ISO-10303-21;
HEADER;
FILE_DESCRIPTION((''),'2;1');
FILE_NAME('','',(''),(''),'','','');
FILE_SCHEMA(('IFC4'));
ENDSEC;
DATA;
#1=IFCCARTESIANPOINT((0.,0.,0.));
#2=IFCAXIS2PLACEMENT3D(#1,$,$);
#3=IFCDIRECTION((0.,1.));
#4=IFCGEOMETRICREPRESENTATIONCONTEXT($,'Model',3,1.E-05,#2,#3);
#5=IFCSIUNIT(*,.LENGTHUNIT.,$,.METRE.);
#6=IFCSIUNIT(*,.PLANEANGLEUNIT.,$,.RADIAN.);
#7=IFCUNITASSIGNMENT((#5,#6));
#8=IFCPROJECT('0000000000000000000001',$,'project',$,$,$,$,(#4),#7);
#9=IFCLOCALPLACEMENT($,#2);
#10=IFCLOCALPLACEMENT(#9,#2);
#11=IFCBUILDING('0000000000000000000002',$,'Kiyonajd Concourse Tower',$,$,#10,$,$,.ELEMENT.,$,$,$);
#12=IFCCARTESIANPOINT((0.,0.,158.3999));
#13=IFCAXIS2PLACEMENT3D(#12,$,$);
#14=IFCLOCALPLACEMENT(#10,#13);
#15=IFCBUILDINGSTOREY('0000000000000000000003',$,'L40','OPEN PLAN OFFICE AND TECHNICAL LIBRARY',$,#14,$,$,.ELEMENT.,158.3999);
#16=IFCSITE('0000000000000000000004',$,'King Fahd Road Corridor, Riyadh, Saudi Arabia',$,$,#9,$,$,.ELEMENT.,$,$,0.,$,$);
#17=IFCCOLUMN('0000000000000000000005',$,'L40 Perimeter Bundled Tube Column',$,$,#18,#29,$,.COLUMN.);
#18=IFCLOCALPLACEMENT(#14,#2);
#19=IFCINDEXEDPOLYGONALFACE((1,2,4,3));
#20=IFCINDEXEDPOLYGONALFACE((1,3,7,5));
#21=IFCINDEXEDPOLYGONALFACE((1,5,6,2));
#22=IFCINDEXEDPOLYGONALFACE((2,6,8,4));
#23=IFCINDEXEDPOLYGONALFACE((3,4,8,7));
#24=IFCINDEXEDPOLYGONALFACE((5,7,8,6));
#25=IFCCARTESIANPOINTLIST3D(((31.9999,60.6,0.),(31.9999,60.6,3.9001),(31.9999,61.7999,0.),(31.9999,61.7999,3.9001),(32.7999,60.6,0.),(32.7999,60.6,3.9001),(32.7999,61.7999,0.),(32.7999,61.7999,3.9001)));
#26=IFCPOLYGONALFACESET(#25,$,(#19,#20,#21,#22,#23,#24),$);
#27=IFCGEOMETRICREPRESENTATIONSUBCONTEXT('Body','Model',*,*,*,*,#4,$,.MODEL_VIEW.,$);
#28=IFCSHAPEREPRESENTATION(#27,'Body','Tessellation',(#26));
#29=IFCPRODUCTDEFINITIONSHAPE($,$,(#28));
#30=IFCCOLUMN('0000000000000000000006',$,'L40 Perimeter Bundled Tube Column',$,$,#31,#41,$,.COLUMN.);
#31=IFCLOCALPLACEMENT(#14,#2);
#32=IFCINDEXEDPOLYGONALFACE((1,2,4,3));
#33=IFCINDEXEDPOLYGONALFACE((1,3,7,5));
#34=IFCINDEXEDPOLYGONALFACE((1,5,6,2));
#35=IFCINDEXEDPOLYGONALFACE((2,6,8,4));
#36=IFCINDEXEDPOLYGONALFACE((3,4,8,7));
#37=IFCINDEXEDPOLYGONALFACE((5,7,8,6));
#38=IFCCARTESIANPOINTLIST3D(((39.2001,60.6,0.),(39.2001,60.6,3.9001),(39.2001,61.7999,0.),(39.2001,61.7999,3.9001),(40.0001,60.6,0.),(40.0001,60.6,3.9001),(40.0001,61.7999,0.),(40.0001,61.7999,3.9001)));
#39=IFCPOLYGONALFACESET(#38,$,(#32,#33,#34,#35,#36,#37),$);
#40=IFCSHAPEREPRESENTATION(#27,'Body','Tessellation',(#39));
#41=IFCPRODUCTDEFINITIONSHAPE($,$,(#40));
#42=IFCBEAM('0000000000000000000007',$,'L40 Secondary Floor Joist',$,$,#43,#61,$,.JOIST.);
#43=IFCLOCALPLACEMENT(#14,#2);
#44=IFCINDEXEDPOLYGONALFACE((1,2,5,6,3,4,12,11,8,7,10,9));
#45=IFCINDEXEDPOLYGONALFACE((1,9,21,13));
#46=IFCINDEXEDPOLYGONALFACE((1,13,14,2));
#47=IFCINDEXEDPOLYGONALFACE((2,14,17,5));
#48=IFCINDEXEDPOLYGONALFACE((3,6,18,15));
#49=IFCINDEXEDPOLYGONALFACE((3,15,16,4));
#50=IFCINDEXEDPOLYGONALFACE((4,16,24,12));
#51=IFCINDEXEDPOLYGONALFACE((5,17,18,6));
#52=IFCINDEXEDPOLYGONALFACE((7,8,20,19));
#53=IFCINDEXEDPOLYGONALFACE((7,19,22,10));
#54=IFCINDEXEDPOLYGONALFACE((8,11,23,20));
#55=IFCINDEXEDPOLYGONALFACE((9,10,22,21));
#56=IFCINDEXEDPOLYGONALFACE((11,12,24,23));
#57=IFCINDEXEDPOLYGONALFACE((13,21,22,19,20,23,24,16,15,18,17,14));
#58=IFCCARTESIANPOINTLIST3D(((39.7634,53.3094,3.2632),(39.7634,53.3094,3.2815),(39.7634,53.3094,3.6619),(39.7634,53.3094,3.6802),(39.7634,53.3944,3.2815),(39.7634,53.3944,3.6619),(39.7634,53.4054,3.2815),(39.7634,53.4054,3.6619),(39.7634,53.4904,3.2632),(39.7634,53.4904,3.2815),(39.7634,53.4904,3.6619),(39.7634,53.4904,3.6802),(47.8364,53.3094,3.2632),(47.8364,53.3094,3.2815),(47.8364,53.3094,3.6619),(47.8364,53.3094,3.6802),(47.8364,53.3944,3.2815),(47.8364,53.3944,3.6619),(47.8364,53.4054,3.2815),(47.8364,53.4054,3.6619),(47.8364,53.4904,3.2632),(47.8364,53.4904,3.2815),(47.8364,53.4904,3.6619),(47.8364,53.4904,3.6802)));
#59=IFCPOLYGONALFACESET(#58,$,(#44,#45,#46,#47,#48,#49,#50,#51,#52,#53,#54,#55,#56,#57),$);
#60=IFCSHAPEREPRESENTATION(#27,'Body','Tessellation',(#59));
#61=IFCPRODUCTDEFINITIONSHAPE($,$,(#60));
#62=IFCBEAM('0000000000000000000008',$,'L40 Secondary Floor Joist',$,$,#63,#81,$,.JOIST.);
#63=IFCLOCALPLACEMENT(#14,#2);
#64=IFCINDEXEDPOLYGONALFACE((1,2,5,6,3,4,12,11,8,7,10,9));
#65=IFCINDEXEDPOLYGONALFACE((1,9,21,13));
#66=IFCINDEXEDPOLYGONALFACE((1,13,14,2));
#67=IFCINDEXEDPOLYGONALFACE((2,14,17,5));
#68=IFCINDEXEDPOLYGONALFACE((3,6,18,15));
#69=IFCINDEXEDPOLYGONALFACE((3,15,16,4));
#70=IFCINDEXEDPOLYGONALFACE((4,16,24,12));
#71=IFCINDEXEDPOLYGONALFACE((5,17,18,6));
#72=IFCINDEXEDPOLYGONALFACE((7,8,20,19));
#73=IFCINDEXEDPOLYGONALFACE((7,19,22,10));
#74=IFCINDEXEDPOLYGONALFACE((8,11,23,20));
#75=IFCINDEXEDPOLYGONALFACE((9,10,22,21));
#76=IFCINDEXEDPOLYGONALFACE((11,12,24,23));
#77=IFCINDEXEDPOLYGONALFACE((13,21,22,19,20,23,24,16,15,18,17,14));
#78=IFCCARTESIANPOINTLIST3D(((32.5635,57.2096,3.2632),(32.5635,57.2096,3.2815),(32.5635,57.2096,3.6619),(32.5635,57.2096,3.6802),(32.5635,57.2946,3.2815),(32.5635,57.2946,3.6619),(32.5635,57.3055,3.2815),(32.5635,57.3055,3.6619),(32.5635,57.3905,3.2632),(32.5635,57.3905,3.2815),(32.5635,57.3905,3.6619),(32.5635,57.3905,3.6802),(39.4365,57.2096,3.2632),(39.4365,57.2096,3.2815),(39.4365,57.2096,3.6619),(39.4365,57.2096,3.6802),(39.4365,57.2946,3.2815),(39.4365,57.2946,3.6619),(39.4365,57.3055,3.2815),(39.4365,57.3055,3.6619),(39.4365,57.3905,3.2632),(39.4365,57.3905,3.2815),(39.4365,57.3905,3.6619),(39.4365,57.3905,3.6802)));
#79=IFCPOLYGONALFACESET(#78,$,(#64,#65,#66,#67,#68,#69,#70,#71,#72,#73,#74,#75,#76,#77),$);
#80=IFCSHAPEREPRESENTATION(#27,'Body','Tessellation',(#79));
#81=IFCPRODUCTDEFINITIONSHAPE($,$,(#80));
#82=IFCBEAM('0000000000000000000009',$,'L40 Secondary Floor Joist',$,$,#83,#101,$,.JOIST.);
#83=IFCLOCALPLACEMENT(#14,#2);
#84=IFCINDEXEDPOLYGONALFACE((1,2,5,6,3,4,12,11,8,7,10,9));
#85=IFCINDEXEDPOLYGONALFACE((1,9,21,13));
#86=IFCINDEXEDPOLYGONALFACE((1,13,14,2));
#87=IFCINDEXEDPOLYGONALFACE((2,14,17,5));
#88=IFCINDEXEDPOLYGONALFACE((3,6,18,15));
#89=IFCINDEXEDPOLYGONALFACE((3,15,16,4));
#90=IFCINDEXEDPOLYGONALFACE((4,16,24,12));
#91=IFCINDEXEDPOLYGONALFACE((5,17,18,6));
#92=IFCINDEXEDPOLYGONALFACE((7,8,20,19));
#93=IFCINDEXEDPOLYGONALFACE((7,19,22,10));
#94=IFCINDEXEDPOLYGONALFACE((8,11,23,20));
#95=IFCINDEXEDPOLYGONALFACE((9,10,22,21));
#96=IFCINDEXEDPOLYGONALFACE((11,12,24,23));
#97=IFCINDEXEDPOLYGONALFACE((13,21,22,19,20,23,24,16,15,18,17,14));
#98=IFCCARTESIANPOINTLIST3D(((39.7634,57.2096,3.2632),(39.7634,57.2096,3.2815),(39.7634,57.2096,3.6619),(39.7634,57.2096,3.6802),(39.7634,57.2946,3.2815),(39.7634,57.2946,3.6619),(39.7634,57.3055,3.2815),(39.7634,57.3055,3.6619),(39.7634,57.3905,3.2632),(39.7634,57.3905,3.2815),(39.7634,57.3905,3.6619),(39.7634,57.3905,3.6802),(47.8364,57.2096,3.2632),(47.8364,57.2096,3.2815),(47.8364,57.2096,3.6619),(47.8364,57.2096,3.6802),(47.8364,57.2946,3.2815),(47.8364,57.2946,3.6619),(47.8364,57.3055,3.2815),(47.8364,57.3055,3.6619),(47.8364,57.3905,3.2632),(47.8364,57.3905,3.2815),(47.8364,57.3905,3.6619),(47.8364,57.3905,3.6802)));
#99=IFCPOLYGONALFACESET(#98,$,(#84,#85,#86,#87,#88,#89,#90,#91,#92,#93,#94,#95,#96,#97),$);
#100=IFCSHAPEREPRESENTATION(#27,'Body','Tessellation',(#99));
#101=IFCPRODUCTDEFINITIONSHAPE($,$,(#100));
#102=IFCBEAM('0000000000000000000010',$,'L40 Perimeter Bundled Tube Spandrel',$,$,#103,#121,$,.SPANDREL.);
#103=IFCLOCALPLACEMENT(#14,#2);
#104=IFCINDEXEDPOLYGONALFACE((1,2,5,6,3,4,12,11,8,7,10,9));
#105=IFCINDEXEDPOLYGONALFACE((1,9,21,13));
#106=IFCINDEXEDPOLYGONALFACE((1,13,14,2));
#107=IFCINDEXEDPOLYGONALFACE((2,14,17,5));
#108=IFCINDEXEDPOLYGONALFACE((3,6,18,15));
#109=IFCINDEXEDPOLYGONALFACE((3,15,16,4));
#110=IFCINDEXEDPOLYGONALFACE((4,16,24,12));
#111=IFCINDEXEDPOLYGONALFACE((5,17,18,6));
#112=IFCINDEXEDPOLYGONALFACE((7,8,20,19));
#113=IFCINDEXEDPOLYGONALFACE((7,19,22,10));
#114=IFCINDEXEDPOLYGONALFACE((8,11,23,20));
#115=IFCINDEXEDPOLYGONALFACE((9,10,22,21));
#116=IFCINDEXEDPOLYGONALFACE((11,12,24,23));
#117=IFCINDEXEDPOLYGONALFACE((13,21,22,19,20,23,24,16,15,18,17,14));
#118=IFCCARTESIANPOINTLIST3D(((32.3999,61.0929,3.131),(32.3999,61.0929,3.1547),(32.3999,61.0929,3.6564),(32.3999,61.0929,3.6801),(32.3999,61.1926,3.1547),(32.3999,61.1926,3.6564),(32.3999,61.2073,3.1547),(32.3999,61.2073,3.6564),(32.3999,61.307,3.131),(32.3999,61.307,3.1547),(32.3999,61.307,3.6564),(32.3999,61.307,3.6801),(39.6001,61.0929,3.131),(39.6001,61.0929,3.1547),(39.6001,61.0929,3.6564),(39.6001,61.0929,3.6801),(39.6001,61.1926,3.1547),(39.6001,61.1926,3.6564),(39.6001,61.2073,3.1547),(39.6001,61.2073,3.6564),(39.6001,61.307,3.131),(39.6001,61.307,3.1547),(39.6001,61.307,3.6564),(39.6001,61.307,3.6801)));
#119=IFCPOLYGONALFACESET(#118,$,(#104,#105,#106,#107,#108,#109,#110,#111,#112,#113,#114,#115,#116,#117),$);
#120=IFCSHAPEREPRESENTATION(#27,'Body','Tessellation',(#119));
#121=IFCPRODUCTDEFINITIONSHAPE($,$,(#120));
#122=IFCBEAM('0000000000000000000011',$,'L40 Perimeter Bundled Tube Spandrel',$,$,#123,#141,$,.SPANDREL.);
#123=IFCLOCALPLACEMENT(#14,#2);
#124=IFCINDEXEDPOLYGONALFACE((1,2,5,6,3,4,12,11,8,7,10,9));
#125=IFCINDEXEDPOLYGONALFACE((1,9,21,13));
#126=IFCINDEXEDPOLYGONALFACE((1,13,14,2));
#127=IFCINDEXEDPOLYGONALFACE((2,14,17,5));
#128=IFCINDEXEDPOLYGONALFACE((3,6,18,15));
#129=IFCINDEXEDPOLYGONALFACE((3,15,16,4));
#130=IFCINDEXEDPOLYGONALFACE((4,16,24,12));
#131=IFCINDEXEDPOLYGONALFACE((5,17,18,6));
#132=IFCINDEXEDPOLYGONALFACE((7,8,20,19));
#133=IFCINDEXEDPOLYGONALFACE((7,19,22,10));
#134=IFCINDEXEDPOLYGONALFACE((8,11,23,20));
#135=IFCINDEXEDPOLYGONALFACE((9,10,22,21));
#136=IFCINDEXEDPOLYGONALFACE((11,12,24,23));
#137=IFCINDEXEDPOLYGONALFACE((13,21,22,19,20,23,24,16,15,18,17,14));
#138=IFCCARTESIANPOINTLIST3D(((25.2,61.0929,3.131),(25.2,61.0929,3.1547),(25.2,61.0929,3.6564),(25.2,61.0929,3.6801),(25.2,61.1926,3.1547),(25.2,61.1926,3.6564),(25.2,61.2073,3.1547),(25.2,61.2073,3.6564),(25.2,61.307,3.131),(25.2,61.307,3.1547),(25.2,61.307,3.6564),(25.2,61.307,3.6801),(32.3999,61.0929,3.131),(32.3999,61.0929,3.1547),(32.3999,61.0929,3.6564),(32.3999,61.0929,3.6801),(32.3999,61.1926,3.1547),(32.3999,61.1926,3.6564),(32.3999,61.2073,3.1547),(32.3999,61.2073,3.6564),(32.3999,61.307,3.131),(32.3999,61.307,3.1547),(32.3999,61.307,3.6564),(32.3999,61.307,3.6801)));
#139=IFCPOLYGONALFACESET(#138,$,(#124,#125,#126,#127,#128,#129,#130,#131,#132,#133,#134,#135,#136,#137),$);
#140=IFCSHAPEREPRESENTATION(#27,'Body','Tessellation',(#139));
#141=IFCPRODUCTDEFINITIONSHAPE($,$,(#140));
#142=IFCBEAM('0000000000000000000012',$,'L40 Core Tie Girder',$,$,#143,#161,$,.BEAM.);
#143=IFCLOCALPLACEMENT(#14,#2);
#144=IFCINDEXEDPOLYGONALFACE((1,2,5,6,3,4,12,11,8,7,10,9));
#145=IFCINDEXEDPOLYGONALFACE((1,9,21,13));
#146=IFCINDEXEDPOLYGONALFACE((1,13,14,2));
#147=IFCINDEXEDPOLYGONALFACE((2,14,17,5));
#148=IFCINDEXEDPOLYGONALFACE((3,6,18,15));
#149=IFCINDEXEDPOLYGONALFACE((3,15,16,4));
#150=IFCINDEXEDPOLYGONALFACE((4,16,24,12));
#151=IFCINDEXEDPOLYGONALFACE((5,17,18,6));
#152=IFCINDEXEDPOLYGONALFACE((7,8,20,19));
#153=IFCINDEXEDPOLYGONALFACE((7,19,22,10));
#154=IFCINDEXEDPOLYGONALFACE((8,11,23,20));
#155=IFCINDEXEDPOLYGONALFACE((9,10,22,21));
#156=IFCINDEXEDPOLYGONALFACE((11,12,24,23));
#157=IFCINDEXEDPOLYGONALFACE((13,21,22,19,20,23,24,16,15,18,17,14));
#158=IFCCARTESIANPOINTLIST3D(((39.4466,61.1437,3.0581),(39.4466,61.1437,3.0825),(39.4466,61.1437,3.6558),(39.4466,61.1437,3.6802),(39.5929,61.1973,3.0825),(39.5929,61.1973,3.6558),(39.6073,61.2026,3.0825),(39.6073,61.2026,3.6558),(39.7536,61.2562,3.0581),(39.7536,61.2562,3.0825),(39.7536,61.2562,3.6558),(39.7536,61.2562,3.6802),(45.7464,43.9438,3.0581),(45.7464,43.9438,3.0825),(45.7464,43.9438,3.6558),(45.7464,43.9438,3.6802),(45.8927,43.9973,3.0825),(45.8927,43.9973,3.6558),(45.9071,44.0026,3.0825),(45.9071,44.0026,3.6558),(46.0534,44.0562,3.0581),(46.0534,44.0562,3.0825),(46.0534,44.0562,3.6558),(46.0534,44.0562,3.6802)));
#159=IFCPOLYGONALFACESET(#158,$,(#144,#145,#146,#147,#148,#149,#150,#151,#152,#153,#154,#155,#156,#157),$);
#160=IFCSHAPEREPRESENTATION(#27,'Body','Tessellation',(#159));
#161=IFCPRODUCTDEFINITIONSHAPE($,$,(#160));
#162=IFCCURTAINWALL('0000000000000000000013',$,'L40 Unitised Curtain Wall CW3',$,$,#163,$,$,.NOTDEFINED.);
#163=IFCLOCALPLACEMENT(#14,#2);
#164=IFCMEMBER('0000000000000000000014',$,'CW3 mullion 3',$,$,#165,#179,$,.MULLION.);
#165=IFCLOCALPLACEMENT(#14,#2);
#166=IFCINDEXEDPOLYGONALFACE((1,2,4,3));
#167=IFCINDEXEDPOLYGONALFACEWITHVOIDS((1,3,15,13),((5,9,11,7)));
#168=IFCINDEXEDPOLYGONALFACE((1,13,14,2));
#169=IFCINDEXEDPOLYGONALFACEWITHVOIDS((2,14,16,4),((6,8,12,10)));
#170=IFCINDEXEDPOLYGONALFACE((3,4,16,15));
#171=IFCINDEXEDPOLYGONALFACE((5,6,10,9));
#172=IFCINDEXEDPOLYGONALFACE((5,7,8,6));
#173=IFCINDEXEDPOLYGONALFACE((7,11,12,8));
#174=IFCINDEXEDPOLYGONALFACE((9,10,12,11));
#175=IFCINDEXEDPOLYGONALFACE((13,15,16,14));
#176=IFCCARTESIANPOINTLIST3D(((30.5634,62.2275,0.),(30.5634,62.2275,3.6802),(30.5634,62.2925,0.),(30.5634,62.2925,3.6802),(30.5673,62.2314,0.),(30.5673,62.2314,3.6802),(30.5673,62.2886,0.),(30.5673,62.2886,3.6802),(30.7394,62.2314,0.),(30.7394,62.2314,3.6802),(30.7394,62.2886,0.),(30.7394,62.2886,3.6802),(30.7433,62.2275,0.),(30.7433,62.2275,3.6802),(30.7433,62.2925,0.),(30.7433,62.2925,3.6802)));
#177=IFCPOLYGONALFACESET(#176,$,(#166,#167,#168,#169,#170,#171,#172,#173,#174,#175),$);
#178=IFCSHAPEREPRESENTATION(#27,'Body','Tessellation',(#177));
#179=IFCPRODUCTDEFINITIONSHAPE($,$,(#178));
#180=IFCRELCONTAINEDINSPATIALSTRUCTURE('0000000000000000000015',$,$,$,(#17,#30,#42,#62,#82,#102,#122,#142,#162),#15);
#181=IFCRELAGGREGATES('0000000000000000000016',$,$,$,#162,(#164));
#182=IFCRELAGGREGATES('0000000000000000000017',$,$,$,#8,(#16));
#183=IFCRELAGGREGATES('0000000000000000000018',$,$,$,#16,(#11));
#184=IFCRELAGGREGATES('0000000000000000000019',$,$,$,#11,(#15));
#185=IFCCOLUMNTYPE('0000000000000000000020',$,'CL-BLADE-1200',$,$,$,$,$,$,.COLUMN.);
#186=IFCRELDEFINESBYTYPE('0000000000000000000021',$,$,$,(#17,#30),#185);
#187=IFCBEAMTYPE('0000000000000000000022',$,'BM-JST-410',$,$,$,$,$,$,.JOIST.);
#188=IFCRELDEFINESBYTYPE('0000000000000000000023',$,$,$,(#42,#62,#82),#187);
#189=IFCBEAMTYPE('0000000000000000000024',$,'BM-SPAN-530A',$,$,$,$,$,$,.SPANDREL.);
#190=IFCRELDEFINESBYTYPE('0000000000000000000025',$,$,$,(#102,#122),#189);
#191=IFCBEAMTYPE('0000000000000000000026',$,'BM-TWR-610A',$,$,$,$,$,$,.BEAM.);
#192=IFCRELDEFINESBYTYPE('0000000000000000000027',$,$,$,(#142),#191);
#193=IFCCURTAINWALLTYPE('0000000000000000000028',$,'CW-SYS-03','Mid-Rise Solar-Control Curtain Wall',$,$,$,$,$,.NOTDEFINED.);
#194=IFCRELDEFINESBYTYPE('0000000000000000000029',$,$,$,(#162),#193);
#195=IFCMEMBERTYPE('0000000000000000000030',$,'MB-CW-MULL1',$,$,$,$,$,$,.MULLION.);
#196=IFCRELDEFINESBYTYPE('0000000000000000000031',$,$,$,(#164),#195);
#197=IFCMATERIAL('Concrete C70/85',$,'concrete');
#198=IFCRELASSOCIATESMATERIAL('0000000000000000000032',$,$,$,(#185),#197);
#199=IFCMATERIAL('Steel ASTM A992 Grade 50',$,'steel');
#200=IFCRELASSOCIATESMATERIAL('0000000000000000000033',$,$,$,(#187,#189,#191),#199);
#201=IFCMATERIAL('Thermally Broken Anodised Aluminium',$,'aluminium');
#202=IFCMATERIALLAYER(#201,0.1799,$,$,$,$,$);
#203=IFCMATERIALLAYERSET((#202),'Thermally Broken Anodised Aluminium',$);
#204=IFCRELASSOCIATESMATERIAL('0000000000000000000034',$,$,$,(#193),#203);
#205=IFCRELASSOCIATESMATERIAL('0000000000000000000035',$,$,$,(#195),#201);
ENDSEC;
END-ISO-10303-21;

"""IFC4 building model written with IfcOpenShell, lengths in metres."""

from ifc_helpers import new_model, si_unit, direction, frame, origin, origin_2d, place, context, subcontext, project, spatial, rectangle, hollow_rectangle, i_section, extrude, material, layer, layer_set, material_profile, profile_set, type_object, element, aggregate, save


model = new_model("IFC4")

# Units and contexts
model_context = context("Model", 3, precision=1e-05, world=origin(), true_north=direction((0.0, 1.0)))
body_context = subcontext(model_context, "Body", "Model", "MODEL_VIEW")
ifc_project = project(units=[si_unit("LENGTHUNIT", "METRE"), si_unit("PLANEANGLEUNIT", "RADIAN")], contexts=[model_context])

# Site, building, storey
site_placement = place(None, origin())
site = spatial("IfcSite", under=ifc_project, at=site_placement, Name="King Fahd Road Corridor, Riyadh, Saudi Arabia", CompositionType="ELEMENT", RefElevation=0.0)
building_placement = place(site_placement, origin())
building = spatial("IfcBuilding", under=site, at=building_placement, Name="Kiyonajd Concourse Tower", CompositionType="ELEMENT")
storey_placement = place(building_placement, frame((0.0, 0.0, 158.3999)))
storey = spatial("IfcBuildingStorey", under=building, at=storey_placement, Name="L40", Description="OPEN PLAN OFFICE AND TECHNICAL LIBRARY", CompositionType="ELEMENT", Elevation=158.3999)

# Columns
ifc_material_1 = material(Name="Concrete C70/85", Category="concrete")
ifc_material_profile_1 = material_profile(ifc_material_1, rectangle(XDim=0.8, YDim=1.2, at=origin_2d()), Name="RC-1200x800")
ifc_profile_set_1 = profile_set([ifc_material_profile_1], Name="Concrete C70/85")
column_type = type_object("IfcColumnType", Name="CL-BLADE-1200", PredefinedType="COLUMN", material=ifc_profile_set_1)
for number, where, z_axis, x_axis, name in (
    (1, (32.3999, 61.2, 0.0), (0.0, 0.0, 1.0), (1.0, 0.0, 0.0), "L40 Perimeter Bundled Tube Column"),
    (2, (39.6001, 61.2, 0.0), (0.0, 0.0, 1.0), (1.0, 0.0, 0.0), "L40 Perimeter Bundled Tube Column"),
):
    element("IfcColumn", number, at=place(storey_placement, frame(where, z_axis=z_axis, x_axis=x_axis)), inside=storey, type_object=column_type, Name=name, PredefinedType="COLUMN", context=body_context, shape_type="SweptSolid", body=[
        extrude(rectangle(XDim=0.8, YDim=1.2, at=origin_2d()), origin(), (0.0, 0.0, 1.0), 3.9001),
    ])

# Beams
ifc_material_2 = material(Name="Steel ASTM A992 Grade 50", Category="steel")
ifc_material_profile_2 = material_profile(ifc_material_2, i_section(OverallWidth=0.1809, OverallDepth=0.417, WebThickness=0.011, FlangeThickness=0.0183, at=origin_2d()), Name="W410X85")
ifc_profile_set_2 = profile_set([ifc_material_profile_2], Name="Steel ASTM A992 Grade 50")
beam_type_1 = type_object("IfcBeamType", Name="BM-JST-410", PredefinedType="JOIST", material=ifc_profile_set_2)
beam_1_placement = place(storey_placement, frame((39.7634, 53.3999, 3.4717), z_axis=(1.0, 0.0, 0.0), x_axis=(0.0, 1.0, 0.0)))
element("IfcBeam", 3, at=beam_1_placement, inside=storey, type_object=beam_type_1, Name="L40 Secondary Floor Joist", PredefinedType="JOIST", context=body_context, shape_type="SweptSolid", body=[
    extrude(i_section(OverallWidth=0.1809, OverallDepth=0.417, WebThickness=0.011, FlangeThickness=0.0183, at=origin_2d()), origin(), (0.0, 0.0, 1.0), 8.073),
])
beam_2_placement = place(storey_placement, frame((32.5635, 57.3, 3.4717), z_axis=(1.0, 0.0, 0.0), x_axis=(0.0, 1.0, 0.0)))
element("IfcBeam", 4, at=beam_2_placement, inside=storey, type_object=beam_type_1, Name="L40 Secondary Floor Joist", PredefinedType="JOIST", context=body_context, shape_type="SweptSolid", body=[
    extrude(i_section(OverallWidth=0.1809, OverallDepth=0.417, WebThickness=0.011, FlangeThickness=0.0183, at=origin_2d()), origin(), (0.0, 0.0, 1.0), 6.873),
])
beam_3_placement = place(storey_placement, frame((39.7634, 57.3, 3.4717), z_axis=(1.0, 0.0, 0.0), x_axis=(0.0, 1.0, 0.0)))
element("IfcBeam", 5, at=beam_3_placement, inside=storey, type_object=beam_type_1, Name="L40 Secondary Floor Joist", PredefinedType="JOIST", context=body_context, shape_type="SweptSolid", body=[
    extrude(i_section(OverallWidth=0.1809, OverallDepth=0.417, WebThickness=0.011, FlangeThickness=0.0183, at=origin_2d()), origin(), (0.0, 0.0, 1.0), 8.073),
])
ifc_material_profile_3 = material_profile(ifc_material_2, i_section(OverallWidth=0.2141, OverallDepth=0.5491, WebThickness=0.0146, FlangeThickness=0.0237, at=origin_2d()), Name="W530X138")
ifc_profile_set_3 = profile_set([ifc_material_profile_3], Name="Steel ASTM A992 Grade 50")
beam_type_2 = type_object("IfcBeamType", Name="BM-SPAN-530A", PredefinedType="SPANDREL", material=ifc_profile_set_3)
beam_4_placement = place(storey_placement, frame((39.6001, 61.2, 3.4055), z_axis=(-1.0, 0.0, 0.0), x_axis=(0.0, -1.0, 0.0)))
element("IfcBeam", 6, at=beam_4_placement, inside=storey, type_object=beam_type_2, Name="L40 Perimeter Bundled Tube Spandrel", PredefinedType="SPANDREL", context=body_context, shape_type="SweptSolid", body=[
    extrude(i_section(OverallWidth=0.2141, OverallDepth=0.5491, WebThickness=0.0146, FlangeThickness=0.0237, at=origin_2d()), origin(), (0.0, 0.0, 1.0), 7.2002),
])
beam_5_placement = place(storey_placement, frame((32.3999, 61.2, 3.4055), z_axis=(-1.0, 0.0, 0.0), x_axis=(0.0, -1.0, 0.0)))
element("IfcBeam", 7, at=beam_5_placement, inside=storey, type_object=beam_type_2, Name="L40 Perimeter Bundled Tube Spandrel", PredefinedType="SPANDREL", context=body_context, shape_type="SweptSolid", body=[
    extrude(i_section(OverallWidth=0.2141, OverallDepth=0.5491, WebThickness=0.0146, FlangeThickness=0.0237, at=origin_2d()), origin(), (0.0, 0.0, 1.0), 7.2),
])
ifc_material_profile_4 = material_profile(ifc_material_2, i_section(OverallWidth=0.3269, OverallDepth=0.6221, WebThickness=0.0154, FlangeThickness=0.0244, at=origin_2d()), Name="W610X195")
ifc_profile_set_4 = profile_set([ifc_material_profile_4], Name="Steel ASTM A992 Grade 50")
beam_type_3 = type_object("IfcBeamType", Name="BM-TWR-610A", PredefinedType="BEAM", material=ifc_profile_set_4)
beam_6_placement = place(storey_placement, frame((39.6001, 61.2, 3.3691), z_axis=(0.343925, -0.938997, 0.0), x_axis=(0.938997, 0.343925, 0.0)))
element("IfcBeam", 8, at=beam_6_placement, inside=storey, type_object=beam_type_3, Name="L40 Core Tie Girder", PredefinedType="BEAM", context=body_context, shape_type="SweptSolid", body=[
    extrude(i_section(OverallWidth=0.3269, OverallDepth=0.6221, WebThickness=0.0154, FlangeThickness=0.0244, at=origin_2d()), origin(), (0.0, 0.0, 1.0), 18.3174),
])

# Curtain wall, member
ifc_material_3 = material(Name="Thermally Broken Anodised Aluminium", Category="aluminium")
ifc_layer_1 = layer(ifc_material_3, 0.1799)
ifc_layer_set_1 = layer_set([ifc_layer_1], Name="Thermally Broken Anodised Aluminium")
curtain_wall_type = type_object("IfcCurtainWallType", Name="CW-SYS-03", Description="Mid-Rise Solar-Control Curtain Wall", PredefinedType="NOTDEFINED", material=ifc_layer_set_1)
curtain_wall_placement = place(storey_placement, origin())
curtain_wall = element("IfcCurtainWall", 9, at=curtain_wall_placement, inside=storey, type_object=curtain_wall_type, Name="L40 Unitised Curtain Wall CW3", PredefinedType="NOTDEFINED")
ifc_material_profile_5 = material_profile(ifc_material_3, hollow_rectangle(XDim=0.0649, YDim=0.1799, WallThickness=0.0039, at=origin_2d()), Name="MULL-65x180")
ifc_profile_set_5 = profile_set([ifc_material_profile_5], Name="Thermally Broken Anodised Aluminium")
member_type_1 = type_object("IfcMemberType", Name="MB-CW-MULL1", PredefinedType="MULLION", material=ifc_profile_set_5)
member_1_placement = place(storey_placement, frame((30.6533, 62.26, 0.0), z_axis=(0.0, 0.0, 1.0), x_axis=(0.0, 1.0, 0.0)))
member_1 = element("IfcMember", 10, at=member_1_placement, type_object=member_type_1, Name="CW3 mullion 3", PredefinedType="MULLION", context=body_context, shape_type="SweptSolid", body=[
    extrude(hollow_rectangle(XDim=0.0649, YDim=0.1799, WallThickness=0.0039, at=origin_2d()), origin(), (0.0, 0.0, 1.0), 3.6802),
])

aggregate(curtain_wall, [member_1])

save(model, "model.ifc")
